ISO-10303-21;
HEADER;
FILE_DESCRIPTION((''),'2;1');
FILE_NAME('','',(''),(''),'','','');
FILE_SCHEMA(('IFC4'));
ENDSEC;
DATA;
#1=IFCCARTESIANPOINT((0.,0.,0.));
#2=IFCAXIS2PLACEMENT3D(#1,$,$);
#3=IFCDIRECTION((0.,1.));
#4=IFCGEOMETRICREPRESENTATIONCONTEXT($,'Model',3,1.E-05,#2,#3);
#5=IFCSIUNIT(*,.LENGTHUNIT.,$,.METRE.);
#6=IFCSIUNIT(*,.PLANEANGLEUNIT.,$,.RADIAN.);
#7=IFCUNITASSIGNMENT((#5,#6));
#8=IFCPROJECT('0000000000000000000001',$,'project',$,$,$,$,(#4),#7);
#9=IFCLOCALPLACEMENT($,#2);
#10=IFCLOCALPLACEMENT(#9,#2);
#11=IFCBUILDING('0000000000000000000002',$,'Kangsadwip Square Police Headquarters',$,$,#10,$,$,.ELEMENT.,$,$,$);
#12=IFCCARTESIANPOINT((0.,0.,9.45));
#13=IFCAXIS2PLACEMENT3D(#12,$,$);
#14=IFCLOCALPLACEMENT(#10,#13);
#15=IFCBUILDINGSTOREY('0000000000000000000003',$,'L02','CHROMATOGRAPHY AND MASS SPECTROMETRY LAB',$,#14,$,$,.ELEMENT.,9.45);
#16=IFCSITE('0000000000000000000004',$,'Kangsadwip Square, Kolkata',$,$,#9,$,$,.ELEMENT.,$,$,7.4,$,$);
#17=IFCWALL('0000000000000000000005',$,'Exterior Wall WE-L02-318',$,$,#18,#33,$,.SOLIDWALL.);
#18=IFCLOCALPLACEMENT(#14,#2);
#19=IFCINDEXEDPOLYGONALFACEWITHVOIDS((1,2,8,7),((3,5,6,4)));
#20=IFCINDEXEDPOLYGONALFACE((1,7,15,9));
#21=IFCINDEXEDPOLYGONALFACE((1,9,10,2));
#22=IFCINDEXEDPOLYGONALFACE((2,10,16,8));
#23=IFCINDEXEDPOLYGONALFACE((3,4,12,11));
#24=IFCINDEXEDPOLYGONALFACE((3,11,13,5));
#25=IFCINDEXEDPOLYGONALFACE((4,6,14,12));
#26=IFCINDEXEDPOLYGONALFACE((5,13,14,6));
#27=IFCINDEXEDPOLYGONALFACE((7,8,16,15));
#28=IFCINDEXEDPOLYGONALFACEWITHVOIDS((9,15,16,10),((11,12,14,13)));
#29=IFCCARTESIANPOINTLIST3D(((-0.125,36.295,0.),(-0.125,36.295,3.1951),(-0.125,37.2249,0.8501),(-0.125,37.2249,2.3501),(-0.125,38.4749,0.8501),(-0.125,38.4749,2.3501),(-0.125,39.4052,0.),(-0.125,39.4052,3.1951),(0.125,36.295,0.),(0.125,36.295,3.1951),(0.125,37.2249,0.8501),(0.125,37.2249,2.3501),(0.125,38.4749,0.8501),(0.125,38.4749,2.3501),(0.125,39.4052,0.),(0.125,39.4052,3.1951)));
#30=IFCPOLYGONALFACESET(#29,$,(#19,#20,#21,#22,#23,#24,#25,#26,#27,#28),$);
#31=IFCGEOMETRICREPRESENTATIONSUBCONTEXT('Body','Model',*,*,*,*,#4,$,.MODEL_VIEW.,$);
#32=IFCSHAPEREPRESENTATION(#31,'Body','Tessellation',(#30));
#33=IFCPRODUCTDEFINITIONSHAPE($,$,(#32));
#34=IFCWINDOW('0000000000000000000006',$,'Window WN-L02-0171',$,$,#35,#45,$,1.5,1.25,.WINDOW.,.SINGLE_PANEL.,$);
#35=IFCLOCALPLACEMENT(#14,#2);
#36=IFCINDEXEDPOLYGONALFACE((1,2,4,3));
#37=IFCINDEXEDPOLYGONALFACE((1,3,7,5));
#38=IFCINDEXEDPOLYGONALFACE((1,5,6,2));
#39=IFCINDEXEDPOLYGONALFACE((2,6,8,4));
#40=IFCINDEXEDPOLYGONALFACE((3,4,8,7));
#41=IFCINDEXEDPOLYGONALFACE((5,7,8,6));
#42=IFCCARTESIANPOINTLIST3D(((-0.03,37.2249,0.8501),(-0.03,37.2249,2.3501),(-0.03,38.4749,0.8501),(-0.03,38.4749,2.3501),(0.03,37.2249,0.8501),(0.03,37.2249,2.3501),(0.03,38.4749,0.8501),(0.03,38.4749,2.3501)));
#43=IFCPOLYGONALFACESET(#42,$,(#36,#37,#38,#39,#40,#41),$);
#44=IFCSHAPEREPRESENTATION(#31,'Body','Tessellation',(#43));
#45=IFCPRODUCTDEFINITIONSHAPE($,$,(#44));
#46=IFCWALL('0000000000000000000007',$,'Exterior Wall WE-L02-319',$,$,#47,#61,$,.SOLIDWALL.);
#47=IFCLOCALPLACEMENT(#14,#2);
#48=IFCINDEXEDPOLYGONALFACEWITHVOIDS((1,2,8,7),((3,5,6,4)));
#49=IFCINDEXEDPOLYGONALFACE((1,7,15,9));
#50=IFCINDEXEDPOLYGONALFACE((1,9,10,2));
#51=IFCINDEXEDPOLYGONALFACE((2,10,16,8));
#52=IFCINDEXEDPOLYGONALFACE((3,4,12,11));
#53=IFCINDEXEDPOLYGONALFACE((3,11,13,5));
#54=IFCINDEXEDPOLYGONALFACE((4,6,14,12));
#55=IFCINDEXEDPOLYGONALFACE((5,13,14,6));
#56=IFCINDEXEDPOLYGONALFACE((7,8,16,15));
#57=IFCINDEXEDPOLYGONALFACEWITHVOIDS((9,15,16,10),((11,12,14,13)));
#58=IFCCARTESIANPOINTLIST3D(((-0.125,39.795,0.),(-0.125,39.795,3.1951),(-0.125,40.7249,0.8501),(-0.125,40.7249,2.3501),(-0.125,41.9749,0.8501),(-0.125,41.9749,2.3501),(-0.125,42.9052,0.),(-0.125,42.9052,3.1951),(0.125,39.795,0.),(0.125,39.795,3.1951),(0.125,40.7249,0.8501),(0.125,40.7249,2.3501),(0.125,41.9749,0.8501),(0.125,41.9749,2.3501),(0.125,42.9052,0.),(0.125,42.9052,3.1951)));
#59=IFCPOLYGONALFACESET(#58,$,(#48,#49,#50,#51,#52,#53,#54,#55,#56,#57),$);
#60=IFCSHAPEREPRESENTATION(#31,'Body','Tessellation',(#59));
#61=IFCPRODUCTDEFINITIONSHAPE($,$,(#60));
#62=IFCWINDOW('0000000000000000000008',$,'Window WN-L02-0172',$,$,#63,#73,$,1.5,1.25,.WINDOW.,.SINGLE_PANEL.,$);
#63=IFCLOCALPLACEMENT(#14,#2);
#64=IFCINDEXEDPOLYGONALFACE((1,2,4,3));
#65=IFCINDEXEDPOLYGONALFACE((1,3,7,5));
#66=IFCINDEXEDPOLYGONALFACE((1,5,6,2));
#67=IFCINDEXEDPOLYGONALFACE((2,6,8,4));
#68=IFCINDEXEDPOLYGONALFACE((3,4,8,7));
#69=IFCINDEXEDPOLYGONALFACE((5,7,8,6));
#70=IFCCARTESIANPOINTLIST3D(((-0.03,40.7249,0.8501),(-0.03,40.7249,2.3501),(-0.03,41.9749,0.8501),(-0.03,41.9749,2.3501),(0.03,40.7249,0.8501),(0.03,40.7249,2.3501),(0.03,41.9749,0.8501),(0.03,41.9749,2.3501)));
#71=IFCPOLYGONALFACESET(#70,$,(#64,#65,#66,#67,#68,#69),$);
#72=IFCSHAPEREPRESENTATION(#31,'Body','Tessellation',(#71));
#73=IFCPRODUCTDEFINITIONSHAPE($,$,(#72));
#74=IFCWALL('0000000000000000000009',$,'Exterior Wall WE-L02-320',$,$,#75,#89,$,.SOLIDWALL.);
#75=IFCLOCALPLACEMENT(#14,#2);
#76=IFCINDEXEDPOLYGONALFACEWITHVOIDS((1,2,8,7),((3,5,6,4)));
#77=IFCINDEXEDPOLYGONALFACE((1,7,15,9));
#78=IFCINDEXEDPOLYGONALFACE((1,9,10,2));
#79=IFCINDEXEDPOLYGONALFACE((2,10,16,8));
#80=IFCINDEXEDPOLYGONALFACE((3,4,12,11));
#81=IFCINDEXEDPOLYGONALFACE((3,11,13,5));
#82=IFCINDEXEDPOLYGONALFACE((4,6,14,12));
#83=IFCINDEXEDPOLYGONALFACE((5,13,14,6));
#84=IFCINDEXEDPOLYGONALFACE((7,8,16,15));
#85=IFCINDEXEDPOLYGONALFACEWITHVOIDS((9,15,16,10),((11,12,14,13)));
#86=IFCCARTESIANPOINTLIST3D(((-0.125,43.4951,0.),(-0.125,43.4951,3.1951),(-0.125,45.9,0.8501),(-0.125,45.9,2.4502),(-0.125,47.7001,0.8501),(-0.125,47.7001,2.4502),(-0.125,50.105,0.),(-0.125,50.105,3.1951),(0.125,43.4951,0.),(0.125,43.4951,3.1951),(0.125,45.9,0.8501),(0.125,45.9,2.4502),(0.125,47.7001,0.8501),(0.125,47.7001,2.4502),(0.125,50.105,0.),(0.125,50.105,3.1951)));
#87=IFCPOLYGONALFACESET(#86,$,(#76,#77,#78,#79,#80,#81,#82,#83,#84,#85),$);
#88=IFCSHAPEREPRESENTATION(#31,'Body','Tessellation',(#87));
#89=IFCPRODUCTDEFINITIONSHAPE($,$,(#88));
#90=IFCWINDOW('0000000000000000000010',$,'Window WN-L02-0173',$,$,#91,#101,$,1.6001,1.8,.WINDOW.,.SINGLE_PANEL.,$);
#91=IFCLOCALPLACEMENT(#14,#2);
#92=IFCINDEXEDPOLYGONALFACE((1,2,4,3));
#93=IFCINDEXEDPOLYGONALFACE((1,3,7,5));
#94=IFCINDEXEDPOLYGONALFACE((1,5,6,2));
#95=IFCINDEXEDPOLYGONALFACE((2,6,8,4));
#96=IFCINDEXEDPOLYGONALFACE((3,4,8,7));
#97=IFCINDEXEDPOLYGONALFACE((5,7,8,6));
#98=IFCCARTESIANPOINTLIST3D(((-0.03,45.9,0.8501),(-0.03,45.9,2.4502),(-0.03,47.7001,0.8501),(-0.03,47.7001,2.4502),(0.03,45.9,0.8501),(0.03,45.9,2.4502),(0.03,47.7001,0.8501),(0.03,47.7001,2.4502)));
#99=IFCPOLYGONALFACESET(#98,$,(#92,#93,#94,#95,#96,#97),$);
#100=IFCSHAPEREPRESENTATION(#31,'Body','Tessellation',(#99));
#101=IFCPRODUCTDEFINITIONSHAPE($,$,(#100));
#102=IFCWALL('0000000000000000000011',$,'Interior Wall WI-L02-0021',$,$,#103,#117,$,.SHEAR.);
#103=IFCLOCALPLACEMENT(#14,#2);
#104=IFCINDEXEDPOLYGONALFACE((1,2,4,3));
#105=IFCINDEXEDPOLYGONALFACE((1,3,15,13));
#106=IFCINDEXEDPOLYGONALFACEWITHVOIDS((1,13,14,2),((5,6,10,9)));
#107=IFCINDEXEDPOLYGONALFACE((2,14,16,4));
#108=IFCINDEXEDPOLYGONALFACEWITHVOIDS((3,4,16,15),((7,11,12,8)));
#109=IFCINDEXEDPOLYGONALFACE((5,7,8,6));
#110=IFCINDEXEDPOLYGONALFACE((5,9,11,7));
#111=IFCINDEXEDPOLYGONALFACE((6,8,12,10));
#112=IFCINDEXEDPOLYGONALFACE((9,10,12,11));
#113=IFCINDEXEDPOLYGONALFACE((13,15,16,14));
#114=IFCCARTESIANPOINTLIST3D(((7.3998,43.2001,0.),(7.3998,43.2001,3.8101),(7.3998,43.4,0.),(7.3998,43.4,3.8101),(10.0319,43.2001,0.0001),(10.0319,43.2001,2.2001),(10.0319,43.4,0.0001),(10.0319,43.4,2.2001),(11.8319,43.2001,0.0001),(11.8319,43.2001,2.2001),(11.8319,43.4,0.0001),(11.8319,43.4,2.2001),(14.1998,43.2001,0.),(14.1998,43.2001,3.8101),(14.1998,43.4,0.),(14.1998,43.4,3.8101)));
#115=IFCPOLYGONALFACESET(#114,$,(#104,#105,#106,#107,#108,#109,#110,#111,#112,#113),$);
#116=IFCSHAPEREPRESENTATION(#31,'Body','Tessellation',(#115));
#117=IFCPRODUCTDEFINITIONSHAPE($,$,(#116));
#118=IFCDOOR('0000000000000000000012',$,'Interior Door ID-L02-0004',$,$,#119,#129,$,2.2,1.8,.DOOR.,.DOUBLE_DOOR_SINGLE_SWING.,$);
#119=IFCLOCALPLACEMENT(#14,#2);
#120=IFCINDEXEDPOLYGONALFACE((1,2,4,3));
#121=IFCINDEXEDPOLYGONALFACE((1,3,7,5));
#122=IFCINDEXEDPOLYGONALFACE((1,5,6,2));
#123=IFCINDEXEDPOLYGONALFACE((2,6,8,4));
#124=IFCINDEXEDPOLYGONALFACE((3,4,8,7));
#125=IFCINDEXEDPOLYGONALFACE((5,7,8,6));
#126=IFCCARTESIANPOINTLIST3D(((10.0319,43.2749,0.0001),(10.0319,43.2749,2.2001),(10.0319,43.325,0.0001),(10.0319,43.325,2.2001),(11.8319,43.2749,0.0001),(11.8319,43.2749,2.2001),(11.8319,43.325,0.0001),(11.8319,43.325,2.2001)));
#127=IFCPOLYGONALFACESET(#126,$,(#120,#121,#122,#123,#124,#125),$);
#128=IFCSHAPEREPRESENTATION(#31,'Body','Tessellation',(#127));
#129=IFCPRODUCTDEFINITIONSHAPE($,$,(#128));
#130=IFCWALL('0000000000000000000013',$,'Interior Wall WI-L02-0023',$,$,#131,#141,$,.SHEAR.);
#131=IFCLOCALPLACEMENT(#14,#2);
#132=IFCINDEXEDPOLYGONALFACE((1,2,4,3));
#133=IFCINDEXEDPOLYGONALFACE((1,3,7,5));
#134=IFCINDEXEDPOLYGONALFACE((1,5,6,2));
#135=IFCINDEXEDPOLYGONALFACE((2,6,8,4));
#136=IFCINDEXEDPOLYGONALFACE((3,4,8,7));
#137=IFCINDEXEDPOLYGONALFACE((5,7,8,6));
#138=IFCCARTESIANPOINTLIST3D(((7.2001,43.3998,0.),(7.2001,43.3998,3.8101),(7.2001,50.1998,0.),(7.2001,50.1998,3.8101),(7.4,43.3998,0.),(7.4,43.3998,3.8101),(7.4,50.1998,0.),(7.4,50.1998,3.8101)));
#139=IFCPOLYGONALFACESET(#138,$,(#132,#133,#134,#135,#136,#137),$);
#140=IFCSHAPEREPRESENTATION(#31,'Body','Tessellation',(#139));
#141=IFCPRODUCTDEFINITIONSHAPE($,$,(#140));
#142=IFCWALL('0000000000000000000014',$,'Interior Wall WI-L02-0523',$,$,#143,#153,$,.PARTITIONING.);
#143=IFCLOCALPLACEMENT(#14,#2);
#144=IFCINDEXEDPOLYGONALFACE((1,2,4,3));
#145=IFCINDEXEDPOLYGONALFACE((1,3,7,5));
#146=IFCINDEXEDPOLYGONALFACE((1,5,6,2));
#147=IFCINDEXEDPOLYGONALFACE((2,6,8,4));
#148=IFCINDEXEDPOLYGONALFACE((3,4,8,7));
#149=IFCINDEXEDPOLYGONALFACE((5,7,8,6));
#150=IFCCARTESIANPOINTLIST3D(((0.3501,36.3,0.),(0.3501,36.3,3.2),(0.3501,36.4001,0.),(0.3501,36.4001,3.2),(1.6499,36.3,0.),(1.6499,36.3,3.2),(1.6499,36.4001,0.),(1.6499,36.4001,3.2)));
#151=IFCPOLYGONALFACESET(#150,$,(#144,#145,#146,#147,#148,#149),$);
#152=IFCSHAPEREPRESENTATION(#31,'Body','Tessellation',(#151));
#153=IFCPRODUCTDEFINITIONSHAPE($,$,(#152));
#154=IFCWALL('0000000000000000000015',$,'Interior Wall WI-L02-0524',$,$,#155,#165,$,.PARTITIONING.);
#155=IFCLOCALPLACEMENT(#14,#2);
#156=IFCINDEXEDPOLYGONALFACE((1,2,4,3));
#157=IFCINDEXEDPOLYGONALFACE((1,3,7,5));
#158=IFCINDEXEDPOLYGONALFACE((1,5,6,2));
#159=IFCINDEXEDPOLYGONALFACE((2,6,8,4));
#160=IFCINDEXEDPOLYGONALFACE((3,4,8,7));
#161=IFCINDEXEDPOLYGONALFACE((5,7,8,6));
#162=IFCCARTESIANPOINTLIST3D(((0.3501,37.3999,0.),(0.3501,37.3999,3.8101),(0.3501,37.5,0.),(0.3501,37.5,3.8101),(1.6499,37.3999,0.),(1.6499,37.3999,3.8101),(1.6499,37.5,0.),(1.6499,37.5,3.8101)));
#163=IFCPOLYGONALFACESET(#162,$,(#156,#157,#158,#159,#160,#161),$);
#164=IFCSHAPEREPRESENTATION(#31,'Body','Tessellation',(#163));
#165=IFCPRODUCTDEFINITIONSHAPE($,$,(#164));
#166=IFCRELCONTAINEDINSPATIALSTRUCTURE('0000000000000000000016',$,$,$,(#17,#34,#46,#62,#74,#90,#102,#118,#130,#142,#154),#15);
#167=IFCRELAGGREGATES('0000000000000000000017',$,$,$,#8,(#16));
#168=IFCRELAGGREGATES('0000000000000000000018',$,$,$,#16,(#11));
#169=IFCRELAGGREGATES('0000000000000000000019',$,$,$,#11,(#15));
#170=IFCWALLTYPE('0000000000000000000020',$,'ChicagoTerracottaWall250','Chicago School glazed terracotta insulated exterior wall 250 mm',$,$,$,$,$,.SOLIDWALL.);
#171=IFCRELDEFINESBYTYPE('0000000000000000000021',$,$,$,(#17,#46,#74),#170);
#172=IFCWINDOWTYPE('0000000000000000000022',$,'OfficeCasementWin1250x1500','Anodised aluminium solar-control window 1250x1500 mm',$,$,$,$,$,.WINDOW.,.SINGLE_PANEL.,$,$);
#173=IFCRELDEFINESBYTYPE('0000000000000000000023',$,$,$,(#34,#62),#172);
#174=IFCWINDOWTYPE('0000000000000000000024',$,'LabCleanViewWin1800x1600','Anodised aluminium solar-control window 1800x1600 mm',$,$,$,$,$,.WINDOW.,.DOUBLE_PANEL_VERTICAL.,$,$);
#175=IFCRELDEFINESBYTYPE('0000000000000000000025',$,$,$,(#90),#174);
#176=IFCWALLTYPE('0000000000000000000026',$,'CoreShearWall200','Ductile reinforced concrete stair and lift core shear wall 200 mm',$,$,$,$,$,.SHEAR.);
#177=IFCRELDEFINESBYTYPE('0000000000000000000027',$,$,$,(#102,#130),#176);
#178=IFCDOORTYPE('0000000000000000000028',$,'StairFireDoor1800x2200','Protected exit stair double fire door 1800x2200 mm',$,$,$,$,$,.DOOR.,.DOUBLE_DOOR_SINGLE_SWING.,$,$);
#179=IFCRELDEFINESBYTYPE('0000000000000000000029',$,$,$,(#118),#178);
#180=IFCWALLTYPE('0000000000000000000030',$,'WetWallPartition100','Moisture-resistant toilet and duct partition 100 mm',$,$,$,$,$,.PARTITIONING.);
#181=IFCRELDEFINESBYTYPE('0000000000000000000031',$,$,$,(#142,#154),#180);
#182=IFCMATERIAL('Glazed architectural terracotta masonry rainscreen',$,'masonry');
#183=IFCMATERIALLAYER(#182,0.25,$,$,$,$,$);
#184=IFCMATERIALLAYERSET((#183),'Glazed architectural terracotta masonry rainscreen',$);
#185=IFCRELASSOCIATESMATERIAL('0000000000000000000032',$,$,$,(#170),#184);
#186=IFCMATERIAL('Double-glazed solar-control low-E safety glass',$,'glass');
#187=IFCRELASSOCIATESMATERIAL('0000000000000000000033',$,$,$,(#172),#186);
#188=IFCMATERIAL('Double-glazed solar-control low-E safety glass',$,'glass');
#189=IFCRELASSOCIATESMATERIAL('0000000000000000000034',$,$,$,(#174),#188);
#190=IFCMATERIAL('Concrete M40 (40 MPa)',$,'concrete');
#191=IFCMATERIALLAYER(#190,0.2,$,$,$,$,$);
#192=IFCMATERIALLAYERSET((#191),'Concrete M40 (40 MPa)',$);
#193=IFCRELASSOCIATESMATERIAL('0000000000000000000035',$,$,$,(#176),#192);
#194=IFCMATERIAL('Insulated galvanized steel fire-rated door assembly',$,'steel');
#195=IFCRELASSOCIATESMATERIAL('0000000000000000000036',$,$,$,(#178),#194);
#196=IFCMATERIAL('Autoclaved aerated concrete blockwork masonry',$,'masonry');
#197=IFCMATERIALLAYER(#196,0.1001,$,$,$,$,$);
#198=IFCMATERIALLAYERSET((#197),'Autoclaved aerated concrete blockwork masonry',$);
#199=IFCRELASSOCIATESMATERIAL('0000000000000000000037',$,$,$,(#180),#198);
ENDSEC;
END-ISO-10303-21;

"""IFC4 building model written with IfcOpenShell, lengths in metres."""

from ifc_helpers import new_model, si_unit, direction, frame, frame_2d, origin, place, context, subcontext, project, spatial, rectangle, extrude, material, layer, layer_set, type_object, element, fill, save


model = new_model("IFC4")

# Units and contexts
model_context = context("Model", 3, precision=1e-05, world=origin(), true_north=direction((0.0, 1.0)))
body_context = subcontext(model_context, "Body", "Model", "MODEL_VIEW")
ifc_project = project(units=[si_unit("LENGTHUNIT", "METRE"), si_unit("PLANEANGLEUNIT", "RADIAN")], contexts=[model_context])

# Site, building, storey
site_placement = place(None, origin())
site = spatial("IfcSite", under=ifc_project, at=site_placement, Name="Kangsadwip Square, Kolkata", CompositionType="ELEMENT", RefElevation=7.4)
building_placement = place(site_placement, origin())
building = spatial("IfcBuilding", under=site, at=building_placement, Name="Kangsadwip Square Police Headquarters", CompositionType="ELEMENT")
storey_placement = place(building_placement, frame((0.0, 0.0, 9.45)))
storey = spatial("IfcBuildingStorey", under=building, at=storey_placement, Name="L02", Description="CHROMATOGRAPHY AND MASS SPECTROMETRY LAB", CompositionType="ELEMENT", Elevation=9.45)

# Walls, openings, windows
ifc_material_1 = material(Name="Glazed architectural terracotta masonry rainscreen", Category="masonry")
ifc_layer_1 = layer(ifc_material_1, 0.25)
ifc_layer_set_1 = layer_set([ifc_layer_1], Name="Glazed architectural terracotta masonry rainscreen")
wall_type_1 = type_object("IfcWallType", Name="ChicagoTerracottaWall250", Description="Chicago School glazed terracotta insulated exterior wall 250 mm", PredefinedType="SOLIDWALL", material=ifc_layer_set_1)
wall_1_placement = place(storey_placement, frame((0.0, 36.2949, 0.0), z_axis=(0.0, 0.0, 1.0), x_axis=(0.0, 1.0, 0.0)))
wall_1 = element("IfcWall", 1, at=wall_1_placement, inside=storey, type_object=wall_type_1, Name="Exterior Wall WE-L02-318", PredefinedType="SOLIDWALL", context=body_context, shape_type="SweptSolid", body=[
    extrude(rectangle(XDim=3.1101, YDim=0.25, at=frame_2d((1.5552, 0.0))), origin(), (0.0, 0.0, 1.0), 3.1951),
])
opening_1_placement = place(wall_1_placement, frame((0.9299, 0.0, 0.8501)))
opening_1 = element("IfcOpeningElement", 2, at=opening_1_placement, cuts=wall_1, PredefinedType="OPENING", context=body_context, shape_type="SweptSolid", body=[
    extrude(rectangle(XDim=1.25, YDim=1.5, at=frame_2d((0.625, 0.75))), frame((0.0, 0.135, 0.0), z_axis=(0.0, -1.0, 0.0), x_axis=(1.0, 0.0, 0.0)), (0.0, 0.0, 1.0), 0.27),
])
ifc_material_2 = material(Name="Double-glazed solar-control low-E safety glass", Category="glass")
window_type_1 = type_object("IfcWindowType", Name="OfficeCasementWin1250x1500", Description="Anodised aluminium solar-control window 1250x1500 mm", PartitioningType="SINGLE_PANEL", PredefinedType="WINDOW", material=ifc_material_2)
window_1_placement = place(opening_1_placement, origin())
window_1 = element("IfcWindow", 3, at=window_1_placement, inside=storey, type_object=window_type_1, Name="Window WN-L02-0171", OverallHeight=1.5, OverallWidth=1.25, PartitioningType="SINGLE_PANEL", PredefinedType="WINDOW", context=body_context, shape_type="SweptSolid", body=[
    extrude(rectangle(XDim=1.25, YDim=1.5, at=frame_2d((0.625, 0.75))), frame((0.0, 0.03, 0.0), z_axis=(0.0, -1.0, 0.0), x_axis=(1.0, 0.0, 0.0)), (0.0, 0.0, 1.0), 0.0601),
])
fill(opening_1, window_1)
wall_2_placement = place(storey_placement, frame((0.0, 39.7949, 0.0), z_axis=(0.0, 0.0, 1.0), x_axis=(0.0, 1.0, 0.0)))
wall_2 = element("IfcWall", 4, at=wall_2_placement, inside=storey, type_object=wall_type_1, Name="Exterior Wall WE-L02-319", PredefinedType="SOLIDWALL", context=body_context, shape_type="SweptSolid", body=[
    extrude(rectangle(XDim=3.1101, YDim=0.25, at=frame_2d((1.5552, 0.0))), origin(), (0.0, 0.0, 1.0), 3.1951),
])
opening_2_placement = place(wall_2_placement, frame((0.9299, 0.0, 0.8501)))
opening_2 = element("IfcOpeningElement", 5, at=opening_2_placement, cuts=wall_2, PredefinedType="OPENING", context=body_context, shape_type="SweptSolid", body=[
    extrude(rectangle(XDim=1.25, YDim=1.5, at=frame_2d((0.625, 0.75))), frame((0.0, 0.135, 0.0), z_axis=(0.0, -1.0, 0.0), x_axis=(1.0, 0.0, 0.0)), (0.0, 0.0, 1.0), 0.27),
])
window_2_placement = place(opening_2_placement, origin())
window_2 = element("IfcWindow", 6, at=window_2_placement, inside=storey, type_object=window_type_1, Name="Window WN-L02-0172", OverallHeight=1.5, OverallWidth=1.25, PartitioningType="SINGLE_PANEL", PredefinedType="WINDOW", context=body_context, shape_type="SweptSolid", body=[
    extrude(rectangle(XDim=1.25, YDim=1.5, at=frame_2d((0.625, 0.75))), frame((0.0, 0.03, 0.0), z_axis=(0.0, -1.0, 0.0), x_axis=(1.0, 0.0, 0.0)), (0.0, 0.0, 1.0), 0.0601),
])
fill(opening_2, window_2)
wall_3_placement = place(storey_placement, frame((0.0, 43.4951, 0.0), z_axis=(0.0, 0.0, 1.0), x_axis=(0.0, 1.0, 0.0)))
wall_3 = element("IfcWall", 7, at=wall_3_placement, inside=storey, type_object=wall_type_1, Name="Exterior Wall WE-L02-320", PredefinedType="SOLIDWALL", context=body_context, shape_type="SweptSolid", body=[
    extrude(rectangle(XDim=6.6099, YDim=0.25, at=frame_2d((3.3049, 0.0))), origin(), (0.0, 0.0, 1.0), 3.1951),
])
opening_3_placement = place(wall_3_placement, frame((2.405, 0.0, 0.8501)))
opening_3 = element("IfcOpeningElement", 8, at=opening_3_placement, cuts=wall_3, PredefinedType="OPENING", context=body_context, shape_type="SweptSolid", body=[
    extrude(rectangle(XDim=1.8, YDim=1.6001, at=frame_2d((0.8999, 0.8))), frame((0.0, 0.135, 0.0), z_axis=(0.0, -1.0, 0.0), x_axis=(1.0, 0.0, 0.0)), (0.0, 0.0, 1.0), 0.27),
])
ifc_material_3 = material(Name="Double-glazed solar-control low-E safety glass", Category="glass")
window_type_2 = type_object("IfcWindowType", Name="LabCleanViewWin1800x1600", Description="Anodised aluminium solar-control window 1800x1600 mm", PartitioningType="DOUBLE_PANEL_VERTICAL", PredefinedType="WINDOW", material=ifc_material_3)
window_3_placement = place(opening_3_placement, origin())
window_3 = element("IfcWindow", 9, at=window_3_placement, inside=storey, type_object=window_type_2, Name="Window WN-L02-0173", OverallHeight=1.6001, OverallWidth=1.8, PartitioningType="SINGLE_PANEL", PredefinedType="WINDOW", context=body_context, shape_type="SweptSolid", body=[
    extrude(rectangle(XDim=1.8, YDim=1.6001, at=frame_2d((0.8999, 0.8))), frame((0.0, 0.03, 0.0), z_axis=(0.0, -1.0, 0.0), x_axis=(1.0, 0.0, 0.0)), (0.0, 0.0, 1.0), 0.0601),
])
fill(opening_3, window_3)

# Wall, opening, door
ifc_material_4 = material(Name="Concrete M40 (40 MPa)", Category="concrete")
ifc_layer_2 = layer(ifc_material_4, 0.2)
ifc_layer_set_2 = layer_set([ifc_layer_2], Name="Concrete M40 (40 MPa)")
wall_type_2 = type_object("IfcWallType", Name="CoreShearWall200", Description="Ductile reinforced concrete stair and lift core shear wall 200 mm", PredefinedType="SHEAR", material=ifc_layer_set_2)
wall_4_placement = place(storey_placement, frame((7.3999, 43.3, 0.0), z_axis=(0.0, 0.0, 1.0), x_axis=(1.0, 0.0, 0.0)))
wall_4 = element("IfcWall", 10, at=wall_4_placement, inside=storey, type_object=wall_type_2, Name="Interior Wall WI-L02-0021", PredefinedType="SHEAR", context=body_context, shape_type="SweptSolid", body=[
    extrude(rectangle(XDim=6.8, YDim=0.2, at=frame_2d((3.3999, 0.0))), origin(), (0.0, 0.0, 1.0), 3.8101),
])
opening_4_placement = place(wall_4_placement, frame((2.6321, 0.0, 0.0)))
opening_4 = element("IfcOpeningElement", 11, at=opening_4_placement, cuts=wall_4, PredefinedType="OPENING", context=body_context, shape_type="SweptSolid", body=[
    extrude(rectangle(XDim=1.8, YDim=2.2, at=frame_2d((0.8999, 1.1001))), frame((0.0, 0.1099, 0.0), z_axis=(0.0, -1.0, 0.0), x_axis=(1.0, 0.0, 0.0)), (0.0, 0.0, 1.0), 0.22),
])
ifc_material_5 = material(Name="Insulated galvanized steel fire-rated door assembly", Category="steel")
door_type = type_object("IfcDoorType", Name="StairFireDoor1800x2200", Description="Protected exit stair double fire door 1800x2200 mm", OperationType="DOUBLE_DOOR_SINGLE_SWING", PredefinedType="DOOR", material=ifc_material_5)
door_placement = place(opening_4_placement, origin())
door = element("IfcDoor", 12, at=door_placement, inside=storey, type_object=door_type, Name="Interior Door ID-L02-0004", OperationType="DOUBLE_DOOR_SINGLE_SWING", OverallHeight=2.2, OverallWidth=1.8, PredefinedType="DOOR", context=body_context, shape_type="SweptSolid", body=[
    extrude(rectangle(XDim=1.8, YDim=2.2, at=frame_2d((0.8999, 1.1001))), frame((0.0, 0.0249, 0.0), z_axis=(0.0, -1.0, 0.0), x_axis=(1.0, 0.0, 0.0)), (0.0, 0.0, 1.0), 0.05),
])
fill(opening_4, door)

# Walls
wall_5_placement = place(storey_placement, frame((7.3, 43.3999, 0.0), z_axis=(0.0, 0.0, 1.0), x_axis=(0.0, 1.0, 0.0)))
element("IfcWall", 13, at=wall_5_placement, inside=storey, type_object=wall_type_2, Name="Interior Wall WI-L02-0023", PredefinedType="SHEAR", context=body_context, shape_type="SweptSolid", body=[
    extrude(rectangle(XDim=6.8, YDim=0.2, at=frame_2d((3.3999, 0.0))), origin(), (0.0, 0.0, 1.0), 3.8101),
])
ifc_material_6 = material(Name="Autoclaved aerated concrete blockwork masonry", Category="masonry")
ifc_layer_3 = layer(ifc_material_6, 0.1001)
ifc_layer_set_3 = layer_set([ifc_layer_3], Name="Autoclaved aerated concrete blockwork masonry")
wall_type_3 = type_object("IfcWallType", Name="WetWallPartition100", Description="Moisture-resistant toilet and duct partition 100 mm", PredefinedType="PARTITIONING", material=ifc_layer_set_3)
wall_6_placement = place(storey_placement, frame((0.3501, 36.3501, 0.0), z_axis=(0.0, 0.0, 1.0), x_axis=(1.0, 0.0, 0.0)))
element("IfcWall", 14, at=wall_6_placement, inside=storey, type_object=wall_type_3, Name="Interior Wall WI-L02-0523", PredefinedType="PARTITIONING", context=body_context, shape_type="SweptSolid", body=[
    extrude(rectangle(XDim=1.2998, YDim=0.1001, at=frame_2d((0.6499, 0.0))), origin(), (0.0, 0.0, 1.0), 3.2),
])
wall_7_placement = place(storey_placement, frame((0.3501, 37.45, 0.0), z_axis=(0.0, 0.0, 1.0), x_axis=(1.0, 0.0, 0.0)))
element("IfcWall", 15, at=wall_7_placement, inside=storey, type_object=wall_type_3, Name="Interior Wall WI-L02-0524", PredefinedType="PARTITIONING", context=body_context, shape_type="SweptSolid", body=[
    extrude(rectangle(XDim=1.2998, YDim=0.1001, at=frame_2d((0.6499, 0.0))), origin(), (0.0, 0.0, 1.0), 3.8101),
])

save(model, "model.ifc")
